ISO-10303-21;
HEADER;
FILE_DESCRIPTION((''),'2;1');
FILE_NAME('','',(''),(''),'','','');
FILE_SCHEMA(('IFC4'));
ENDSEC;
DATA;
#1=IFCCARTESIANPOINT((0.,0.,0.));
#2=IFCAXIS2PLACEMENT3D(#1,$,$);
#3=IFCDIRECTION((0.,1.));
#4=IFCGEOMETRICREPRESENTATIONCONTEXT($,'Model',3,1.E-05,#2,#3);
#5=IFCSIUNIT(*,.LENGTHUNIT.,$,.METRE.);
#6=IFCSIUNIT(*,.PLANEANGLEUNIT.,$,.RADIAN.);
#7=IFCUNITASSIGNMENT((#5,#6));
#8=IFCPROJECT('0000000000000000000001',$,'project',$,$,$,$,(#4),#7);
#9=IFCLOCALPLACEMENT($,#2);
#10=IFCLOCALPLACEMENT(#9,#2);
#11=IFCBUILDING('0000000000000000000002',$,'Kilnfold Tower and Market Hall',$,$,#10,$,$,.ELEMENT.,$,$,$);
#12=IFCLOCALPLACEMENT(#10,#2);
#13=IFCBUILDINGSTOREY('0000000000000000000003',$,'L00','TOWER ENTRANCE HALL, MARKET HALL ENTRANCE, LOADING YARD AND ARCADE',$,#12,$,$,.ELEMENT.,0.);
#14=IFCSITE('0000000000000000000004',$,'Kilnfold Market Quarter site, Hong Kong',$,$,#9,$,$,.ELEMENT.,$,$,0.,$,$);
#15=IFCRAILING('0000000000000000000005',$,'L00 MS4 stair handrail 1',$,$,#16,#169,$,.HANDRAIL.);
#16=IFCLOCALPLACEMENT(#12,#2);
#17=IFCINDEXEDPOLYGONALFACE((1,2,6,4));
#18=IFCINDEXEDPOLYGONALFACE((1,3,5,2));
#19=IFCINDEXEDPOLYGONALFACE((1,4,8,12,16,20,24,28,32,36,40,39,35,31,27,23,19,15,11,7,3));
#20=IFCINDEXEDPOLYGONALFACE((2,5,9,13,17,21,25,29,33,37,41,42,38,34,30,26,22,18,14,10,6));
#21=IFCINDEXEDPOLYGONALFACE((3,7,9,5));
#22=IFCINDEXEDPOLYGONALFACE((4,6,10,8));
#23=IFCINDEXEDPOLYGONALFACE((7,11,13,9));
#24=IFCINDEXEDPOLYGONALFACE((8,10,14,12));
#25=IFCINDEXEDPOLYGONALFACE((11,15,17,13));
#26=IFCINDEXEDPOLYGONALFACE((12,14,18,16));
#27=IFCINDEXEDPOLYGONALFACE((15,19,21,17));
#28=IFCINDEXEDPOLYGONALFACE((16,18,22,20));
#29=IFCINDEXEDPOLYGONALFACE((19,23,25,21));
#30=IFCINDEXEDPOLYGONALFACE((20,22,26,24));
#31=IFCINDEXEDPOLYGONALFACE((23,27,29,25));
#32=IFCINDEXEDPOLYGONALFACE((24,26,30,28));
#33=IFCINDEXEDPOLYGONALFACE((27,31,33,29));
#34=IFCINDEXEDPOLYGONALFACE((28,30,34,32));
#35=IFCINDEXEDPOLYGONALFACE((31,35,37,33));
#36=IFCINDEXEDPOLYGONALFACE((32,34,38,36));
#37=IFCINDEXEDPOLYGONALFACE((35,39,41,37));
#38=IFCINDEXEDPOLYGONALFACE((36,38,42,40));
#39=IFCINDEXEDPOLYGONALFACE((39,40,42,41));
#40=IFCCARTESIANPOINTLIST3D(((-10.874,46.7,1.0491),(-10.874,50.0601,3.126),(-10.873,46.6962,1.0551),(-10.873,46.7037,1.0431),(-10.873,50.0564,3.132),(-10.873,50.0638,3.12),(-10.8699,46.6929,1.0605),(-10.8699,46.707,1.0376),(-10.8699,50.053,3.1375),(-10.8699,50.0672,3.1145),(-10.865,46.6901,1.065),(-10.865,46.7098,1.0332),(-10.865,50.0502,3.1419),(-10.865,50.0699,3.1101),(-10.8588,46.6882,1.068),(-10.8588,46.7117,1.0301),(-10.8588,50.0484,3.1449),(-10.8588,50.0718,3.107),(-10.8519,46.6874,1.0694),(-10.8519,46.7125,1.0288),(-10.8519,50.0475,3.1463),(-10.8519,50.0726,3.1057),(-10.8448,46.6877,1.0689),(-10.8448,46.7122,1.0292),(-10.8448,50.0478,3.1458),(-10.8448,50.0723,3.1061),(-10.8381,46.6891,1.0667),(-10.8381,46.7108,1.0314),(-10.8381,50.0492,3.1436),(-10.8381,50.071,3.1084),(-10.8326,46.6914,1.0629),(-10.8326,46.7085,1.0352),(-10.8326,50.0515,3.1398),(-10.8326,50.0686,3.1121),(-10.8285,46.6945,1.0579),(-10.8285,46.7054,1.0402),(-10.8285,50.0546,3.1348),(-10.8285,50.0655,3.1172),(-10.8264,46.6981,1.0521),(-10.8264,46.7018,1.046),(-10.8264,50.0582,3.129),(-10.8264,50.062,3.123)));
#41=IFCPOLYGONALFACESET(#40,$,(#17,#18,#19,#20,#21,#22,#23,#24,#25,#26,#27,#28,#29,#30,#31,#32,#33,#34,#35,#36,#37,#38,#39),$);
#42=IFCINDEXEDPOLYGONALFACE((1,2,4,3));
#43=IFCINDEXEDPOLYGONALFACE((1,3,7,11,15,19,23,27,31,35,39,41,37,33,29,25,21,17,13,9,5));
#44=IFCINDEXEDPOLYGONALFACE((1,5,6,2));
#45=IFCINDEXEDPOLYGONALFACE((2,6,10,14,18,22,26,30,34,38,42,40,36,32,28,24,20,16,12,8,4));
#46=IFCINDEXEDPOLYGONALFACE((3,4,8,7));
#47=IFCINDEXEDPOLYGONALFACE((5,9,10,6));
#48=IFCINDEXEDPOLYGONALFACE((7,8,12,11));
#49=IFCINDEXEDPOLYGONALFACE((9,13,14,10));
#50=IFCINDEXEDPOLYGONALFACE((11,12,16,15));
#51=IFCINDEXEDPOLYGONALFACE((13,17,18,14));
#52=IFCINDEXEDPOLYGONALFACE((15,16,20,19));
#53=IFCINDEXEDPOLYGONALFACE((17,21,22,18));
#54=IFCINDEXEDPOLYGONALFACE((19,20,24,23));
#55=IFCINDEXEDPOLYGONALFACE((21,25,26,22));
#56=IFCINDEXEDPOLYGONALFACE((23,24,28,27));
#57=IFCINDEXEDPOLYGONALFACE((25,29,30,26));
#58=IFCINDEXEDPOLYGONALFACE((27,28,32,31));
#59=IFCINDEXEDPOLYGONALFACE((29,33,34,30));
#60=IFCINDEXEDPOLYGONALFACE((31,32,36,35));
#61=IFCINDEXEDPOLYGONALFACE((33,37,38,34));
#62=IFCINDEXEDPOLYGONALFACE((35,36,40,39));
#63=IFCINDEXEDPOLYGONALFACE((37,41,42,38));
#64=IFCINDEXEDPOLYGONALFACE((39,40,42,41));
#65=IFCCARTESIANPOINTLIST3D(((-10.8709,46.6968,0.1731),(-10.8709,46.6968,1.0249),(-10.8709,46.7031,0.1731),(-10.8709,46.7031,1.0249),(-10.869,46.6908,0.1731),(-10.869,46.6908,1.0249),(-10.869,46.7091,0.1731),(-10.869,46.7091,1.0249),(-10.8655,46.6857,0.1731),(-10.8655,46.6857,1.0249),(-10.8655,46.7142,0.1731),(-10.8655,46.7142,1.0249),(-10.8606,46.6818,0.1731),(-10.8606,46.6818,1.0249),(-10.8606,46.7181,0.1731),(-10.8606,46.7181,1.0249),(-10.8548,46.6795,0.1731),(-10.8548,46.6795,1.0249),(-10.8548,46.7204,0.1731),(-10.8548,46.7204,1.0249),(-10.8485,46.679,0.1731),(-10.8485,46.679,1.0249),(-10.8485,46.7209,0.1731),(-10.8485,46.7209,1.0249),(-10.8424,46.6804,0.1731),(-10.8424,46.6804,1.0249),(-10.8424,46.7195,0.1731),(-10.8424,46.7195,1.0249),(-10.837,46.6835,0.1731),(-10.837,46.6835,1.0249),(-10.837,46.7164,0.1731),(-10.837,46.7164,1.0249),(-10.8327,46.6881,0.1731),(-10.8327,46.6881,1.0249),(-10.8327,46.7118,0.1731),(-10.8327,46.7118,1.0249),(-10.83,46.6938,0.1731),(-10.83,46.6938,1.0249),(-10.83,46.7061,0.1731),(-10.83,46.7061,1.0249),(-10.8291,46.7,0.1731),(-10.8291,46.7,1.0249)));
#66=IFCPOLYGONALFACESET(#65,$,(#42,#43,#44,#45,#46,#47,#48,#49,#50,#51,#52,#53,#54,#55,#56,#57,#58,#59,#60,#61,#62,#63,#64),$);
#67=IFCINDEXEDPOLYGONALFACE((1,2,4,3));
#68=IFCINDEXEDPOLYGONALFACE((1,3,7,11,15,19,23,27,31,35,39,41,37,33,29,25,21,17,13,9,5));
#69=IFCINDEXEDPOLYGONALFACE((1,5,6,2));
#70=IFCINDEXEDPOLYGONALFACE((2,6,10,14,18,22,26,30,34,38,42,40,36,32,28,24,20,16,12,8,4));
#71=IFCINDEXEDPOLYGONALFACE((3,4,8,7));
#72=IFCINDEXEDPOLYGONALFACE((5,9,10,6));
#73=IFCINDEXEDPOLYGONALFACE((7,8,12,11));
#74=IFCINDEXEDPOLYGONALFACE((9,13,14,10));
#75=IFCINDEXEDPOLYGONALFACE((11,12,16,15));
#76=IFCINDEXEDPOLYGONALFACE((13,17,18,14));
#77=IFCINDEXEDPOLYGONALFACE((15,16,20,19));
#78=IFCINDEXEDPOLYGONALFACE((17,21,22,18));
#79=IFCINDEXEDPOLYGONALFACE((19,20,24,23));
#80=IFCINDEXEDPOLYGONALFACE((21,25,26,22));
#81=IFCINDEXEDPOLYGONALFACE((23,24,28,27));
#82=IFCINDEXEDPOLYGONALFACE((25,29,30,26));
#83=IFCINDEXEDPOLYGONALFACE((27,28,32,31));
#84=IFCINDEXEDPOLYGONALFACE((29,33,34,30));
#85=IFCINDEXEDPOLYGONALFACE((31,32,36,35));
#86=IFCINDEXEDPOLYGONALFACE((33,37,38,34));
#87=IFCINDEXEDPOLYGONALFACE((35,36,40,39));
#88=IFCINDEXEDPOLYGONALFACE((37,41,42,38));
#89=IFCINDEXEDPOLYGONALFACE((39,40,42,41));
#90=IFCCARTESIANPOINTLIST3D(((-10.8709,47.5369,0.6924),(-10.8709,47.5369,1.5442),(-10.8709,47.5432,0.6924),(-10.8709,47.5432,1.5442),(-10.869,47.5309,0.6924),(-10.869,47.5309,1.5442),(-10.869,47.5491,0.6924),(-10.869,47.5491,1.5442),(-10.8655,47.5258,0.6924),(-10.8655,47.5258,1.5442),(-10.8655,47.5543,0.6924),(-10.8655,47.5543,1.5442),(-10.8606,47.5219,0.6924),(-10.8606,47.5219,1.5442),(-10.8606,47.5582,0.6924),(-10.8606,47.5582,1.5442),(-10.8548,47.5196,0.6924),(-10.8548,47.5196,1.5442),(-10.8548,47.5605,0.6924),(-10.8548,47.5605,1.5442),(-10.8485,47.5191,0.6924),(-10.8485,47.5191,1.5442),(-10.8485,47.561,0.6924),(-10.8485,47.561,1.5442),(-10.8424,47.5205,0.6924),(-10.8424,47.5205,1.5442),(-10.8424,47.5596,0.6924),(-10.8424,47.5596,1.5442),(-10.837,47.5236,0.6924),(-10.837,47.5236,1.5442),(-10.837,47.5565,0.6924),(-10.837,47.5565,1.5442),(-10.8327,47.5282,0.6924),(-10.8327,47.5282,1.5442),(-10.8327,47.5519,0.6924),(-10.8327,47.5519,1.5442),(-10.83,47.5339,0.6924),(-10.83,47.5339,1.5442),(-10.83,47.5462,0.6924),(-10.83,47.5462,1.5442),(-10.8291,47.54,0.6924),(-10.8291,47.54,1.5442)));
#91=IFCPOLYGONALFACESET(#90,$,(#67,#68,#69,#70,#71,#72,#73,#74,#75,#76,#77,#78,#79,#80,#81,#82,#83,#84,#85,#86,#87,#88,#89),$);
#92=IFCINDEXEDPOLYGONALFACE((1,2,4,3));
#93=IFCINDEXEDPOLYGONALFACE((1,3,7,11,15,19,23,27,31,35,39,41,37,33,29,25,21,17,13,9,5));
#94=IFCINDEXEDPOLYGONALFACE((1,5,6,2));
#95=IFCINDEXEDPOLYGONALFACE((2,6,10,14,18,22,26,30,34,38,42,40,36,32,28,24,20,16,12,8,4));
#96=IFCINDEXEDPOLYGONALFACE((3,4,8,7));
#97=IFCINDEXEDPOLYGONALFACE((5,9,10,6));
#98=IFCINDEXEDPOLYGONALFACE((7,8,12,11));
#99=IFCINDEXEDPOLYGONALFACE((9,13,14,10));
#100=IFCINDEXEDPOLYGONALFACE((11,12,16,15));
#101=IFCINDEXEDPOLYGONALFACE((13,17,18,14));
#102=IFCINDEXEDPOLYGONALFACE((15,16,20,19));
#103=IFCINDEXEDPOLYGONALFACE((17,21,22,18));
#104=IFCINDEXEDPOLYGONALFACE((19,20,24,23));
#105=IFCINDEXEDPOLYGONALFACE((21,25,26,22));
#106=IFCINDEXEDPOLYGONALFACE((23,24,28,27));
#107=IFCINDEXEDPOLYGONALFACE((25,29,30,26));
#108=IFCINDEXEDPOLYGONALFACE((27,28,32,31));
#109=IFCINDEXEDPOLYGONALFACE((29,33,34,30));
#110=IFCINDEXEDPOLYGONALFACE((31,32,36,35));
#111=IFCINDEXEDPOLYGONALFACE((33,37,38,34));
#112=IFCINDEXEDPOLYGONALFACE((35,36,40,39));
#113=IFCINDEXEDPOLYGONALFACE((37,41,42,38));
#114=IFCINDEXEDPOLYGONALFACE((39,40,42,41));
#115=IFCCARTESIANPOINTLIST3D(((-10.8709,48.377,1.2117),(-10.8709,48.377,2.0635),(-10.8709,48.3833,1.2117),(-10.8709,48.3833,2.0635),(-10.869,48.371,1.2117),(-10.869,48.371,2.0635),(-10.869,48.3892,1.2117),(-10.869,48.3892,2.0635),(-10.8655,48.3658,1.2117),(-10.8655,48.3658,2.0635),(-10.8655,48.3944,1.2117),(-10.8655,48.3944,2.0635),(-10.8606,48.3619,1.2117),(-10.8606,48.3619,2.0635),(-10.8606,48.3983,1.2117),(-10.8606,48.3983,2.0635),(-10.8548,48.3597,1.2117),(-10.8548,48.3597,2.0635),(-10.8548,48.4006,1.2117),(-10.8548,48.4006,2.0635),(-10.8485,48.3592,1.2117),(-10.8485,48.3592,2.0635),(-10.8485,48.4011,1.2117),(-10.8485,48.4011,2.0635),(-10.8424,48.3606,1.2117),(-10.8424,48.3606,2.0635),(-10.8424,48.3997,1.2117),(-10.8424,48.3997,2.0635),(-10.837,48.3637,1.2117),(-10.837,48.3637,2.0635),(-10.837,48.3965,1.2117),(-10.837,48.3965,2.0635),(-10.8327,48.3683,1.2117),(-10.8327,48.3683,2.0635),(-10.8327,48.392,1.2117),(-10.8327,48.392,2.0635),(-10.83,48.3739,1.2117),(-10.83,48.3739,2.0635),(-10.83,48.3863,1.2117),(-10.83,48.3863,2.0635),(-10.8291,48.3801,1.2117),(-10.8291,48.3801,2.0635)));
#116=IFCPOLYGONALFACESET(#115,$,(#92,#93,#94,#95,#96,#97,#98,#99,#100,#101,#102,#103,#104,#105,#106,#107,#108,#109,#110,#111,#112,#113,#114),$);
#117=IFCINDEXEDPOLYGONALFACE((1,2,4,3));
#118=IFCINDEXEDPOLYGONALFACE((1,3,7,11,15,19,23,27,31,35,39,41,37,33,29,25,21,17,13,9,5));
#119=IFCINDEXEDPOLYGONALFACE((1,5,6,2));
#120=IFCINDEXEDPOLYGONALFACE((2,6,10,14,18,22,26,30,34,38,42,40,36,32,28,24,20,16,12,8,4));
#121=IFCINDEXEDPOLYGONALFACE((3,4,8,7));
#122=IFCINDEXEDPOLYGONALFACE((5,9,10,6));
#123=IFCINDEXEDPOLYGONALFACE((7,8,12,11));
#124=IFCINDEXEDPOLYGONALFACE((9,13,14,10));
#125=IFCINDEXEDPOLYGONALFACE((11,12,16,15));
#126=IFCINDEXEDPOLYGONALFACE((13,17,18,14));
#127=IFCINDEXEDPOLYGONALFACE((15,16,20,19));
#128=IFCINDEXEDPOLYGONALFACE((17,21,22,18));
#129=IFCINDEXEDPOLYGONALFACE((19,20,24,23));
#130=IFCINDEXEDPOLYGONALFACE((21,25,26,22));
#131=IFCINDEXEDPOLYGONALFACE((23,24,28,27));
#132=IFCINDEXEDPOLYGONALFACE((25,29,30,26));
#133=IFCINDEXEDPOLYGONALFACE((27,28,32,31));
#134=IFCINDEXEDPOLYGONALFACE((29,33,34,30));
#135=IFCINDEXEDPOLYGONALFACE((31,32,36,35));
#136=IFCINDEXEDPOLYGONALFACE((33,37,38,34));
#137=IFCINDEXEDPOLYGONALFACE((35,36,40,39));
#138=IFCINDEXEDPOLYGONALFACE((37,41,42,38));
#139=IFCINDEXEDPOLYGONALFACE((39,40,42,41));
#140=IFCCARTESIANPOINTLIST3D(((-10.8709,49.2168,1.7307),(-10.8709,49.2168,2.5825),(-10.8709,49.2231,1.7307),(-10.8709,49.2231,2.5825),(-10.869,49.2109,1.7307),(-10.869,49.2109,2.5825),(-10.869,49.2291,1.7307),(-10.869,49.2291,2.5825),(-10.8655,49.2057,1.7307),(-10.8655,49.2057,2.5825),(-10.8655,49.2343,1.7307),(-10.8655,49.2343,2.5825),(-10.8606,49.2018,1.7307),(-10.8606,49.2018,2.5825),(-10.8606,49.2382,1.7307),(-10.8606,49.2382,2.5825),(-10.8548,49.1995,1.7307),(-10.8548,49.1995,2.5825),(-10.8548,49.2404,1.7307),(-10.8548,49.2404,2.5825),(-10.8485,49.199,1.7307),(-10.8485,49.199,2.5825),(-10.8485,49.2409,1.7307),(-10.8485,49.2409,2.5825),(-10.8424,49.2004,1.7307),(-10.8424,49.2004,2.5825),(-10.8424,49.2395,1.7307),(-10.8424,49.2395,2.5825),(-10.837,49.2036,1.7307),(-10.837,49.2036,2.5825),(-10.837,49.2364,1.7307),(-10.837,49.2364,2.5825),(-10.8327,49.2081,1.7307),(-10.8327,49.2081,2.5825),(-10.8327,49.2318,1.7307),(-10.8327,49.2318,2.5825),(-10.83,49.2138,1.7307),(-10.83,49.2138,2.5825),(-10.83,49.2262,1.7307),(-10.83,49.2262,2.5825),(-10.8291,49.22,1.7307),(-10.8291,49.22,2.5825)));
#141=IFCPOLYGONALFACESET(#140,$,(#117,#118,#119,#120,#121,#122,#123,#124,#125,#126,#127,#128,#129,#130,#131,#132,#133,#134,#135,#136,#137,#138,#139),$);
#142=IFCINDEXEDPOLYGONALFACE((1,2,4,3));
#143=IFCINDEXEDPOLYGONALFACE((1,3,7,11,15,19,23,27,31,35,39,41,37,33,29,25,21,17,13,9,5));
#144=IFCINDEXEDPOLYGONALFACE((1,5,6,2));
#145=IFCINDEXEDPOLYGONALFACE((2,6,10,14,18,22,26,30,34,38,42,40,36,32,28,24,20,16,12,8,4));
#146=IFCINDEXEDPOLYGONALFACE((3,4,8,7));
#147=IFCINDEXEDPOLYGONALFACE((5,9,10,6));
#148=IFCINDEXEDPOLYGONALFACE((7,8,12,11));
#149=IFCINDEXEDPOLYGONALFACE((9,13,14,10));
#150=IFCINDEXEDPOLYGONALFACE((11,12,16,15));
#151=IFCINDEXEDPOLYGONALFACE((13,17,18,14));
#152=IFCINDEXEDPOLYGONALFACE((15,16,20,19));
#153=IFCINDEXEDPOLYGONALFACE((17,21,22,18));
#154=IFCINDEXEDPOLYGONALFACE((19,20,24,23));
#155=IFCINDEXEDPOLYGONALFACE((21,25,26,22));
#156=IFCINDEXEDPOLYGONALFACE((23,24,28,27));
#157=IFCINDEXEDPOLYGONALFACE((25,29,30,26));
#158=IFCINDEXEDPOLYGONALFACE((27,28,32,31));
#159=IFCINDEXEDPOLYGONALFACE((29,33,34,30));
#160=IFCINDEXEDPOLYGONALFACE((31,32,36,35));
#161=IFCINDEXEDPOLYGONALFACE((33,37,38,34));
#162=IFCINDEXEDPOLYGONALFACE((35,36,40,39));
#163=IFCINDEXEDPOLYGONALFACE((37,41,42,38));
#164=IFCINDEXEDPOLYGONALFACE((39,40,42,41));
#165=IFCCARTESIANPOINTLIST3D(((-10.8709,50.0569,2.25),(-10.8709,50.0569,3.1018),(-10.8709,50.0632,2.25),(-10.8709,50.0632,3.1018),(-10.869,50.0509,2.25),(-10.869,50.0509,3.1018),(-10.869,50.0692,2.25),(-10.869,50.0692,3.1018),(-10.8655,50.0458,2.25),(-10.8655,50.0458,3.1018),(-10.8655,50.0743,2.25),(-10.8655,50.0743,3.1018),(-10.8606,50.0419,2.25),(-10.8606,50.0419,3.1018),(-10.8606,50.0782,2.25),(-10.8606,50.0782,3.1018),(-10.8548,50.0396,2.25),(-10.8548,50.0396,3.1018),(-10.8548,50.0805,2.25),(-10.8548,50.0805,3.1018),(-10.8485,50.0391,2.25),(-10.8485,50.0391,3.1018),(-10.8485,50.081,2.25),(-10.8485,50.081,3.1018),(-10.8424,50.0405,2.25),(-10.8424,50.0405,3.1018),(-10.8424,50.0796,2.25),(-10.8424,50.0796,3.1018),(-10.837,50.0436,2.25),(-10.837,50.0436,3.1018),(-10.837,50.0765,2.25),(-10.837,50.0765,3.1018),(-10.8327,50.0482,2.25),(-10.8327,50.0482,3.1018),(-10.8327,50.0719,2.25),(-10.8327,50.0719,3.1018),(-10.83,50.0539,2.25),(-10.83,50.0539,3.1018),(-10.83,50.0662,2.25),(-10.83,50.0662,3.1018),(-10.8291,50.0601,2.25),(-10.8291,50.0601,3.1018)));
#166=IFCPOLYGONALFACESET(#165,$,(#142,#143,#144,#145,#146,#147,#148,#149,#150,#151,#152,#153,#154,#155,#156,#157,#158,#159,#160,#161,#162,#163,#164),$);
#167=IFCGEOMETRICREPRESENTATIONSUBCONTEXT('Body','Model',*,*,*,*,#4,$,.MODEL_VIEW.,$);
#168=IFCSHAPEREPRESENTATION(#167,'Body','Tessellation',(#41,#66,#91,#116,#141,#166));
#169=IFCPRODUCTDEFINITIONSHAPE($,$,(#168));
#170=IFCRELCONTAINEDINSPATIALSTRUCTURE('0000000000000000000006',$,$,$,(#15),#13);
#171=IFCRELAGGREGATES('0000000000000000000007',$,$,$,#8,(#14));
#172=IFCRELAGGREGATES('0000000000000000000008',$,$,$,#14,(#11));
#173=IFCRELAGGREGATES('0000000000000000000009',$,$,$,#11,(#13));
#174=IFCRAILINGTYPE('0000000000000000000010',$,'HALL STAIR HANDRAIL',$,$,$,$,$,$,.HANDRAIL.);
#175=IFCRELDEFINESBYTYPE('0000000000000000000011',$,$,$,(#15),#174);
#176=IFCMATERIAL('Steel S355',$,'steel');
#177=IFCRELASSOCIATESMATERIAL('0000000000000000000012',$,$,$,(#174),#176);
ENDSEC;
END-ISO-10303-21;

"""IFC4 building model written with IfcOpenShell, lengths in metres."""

from ifc_helpers import new_model, si_unit, direction, frame, origin, origin_2d, place, context, subcontext, project, spatial, circle, extrude, material, type_object, element, save


model = new_model("IFC4")

# Units and contexts
model_context = context("Model", 3, precision=1e-05, world=origin(), true_north=direction((0.0, 1.0)))
body_context = subcontext(model_context, "Body", "Model", "MODEL_VIEW")
ifc_project = project(units=[si_unit("LENGTHUNIT", "METRE"), si_unit("PLANEANGLEUNIT", "RADIAN")], contexts=[model_context])

# Site, building, storey
site_placement = place(None, origin())
site = spatial("IfcSite", under=ifc_project, at=site_placement, Name="Kilnfold Market Quarter site, Hong Kong", CompositionType="ELEMENT", RefElevation=0.0)
building_placement = place(site_placement, origin())
building = spatial("IfcBuilding", under=site, at=building_placement, Name="Kilnfold Tower and Market Hall", CompositionType="ELEMENT")
storey_placement = place(building_placement, origin())
storey = spatial("IfcBuildingStorey", under=building, at=storey_placement, Name="L00", Description="TOWER ENTRANCE HALL, MARKET HALL ENTRANCE, LOADING YARD AND ARCADE", CompositionType="ELEMENT", Elevation=0.0)

# Railing
ifc_material_1 = material(Name="Steel S355", Category="steel")
railing_type_1 = type_object("IfcRailingType", Name="HALL STAIR HANDRAIL", PredefinedType="HANDRAIL", material=ifc_material_1)
for number, where, name in (
    (1, (-10.8501, 46.7, 0.1731), "L00 MS4 stair handrail 1"),
):
    element("IfcRailing", number, at=place(storey_placement, frame(where)), inside=storey, type_object=railing_type_1, Name=name, PredefinedType="HANDRAIL", context=body_context, shape_type="SweptSolid", body=[
        extrude(circle(Radius=0.0239, at=origin_2d()), frame((0.0, 0.0, 0.876), z_axis=(0.0, 0.850623, 0.525776), x_axis=(-1.0, 0.0, 0.0)), (0.0, 0.0, 1.0), 3.9502),
        extrude(circle(Radius=0.021, at=origin_2d()), origin(), (0.0, 0.0, 1.0), 0.8518),
        extrude(circle(Radius=0.021, at=origin_2d()), frame((0.0, 0.8401, 0.5193)), (0.0, 0.0, 1.0), 0.8518),
        extrude(circle(Radius=0.021, at=origin_2d()), frame((0.0, 1.6802, 1.0386)), (0.0, 0.0, 1.0), 0.8518),
        extrude(circle(Radius=0.021, at=origin_2d()), frame((0.0, 2.52, 1.5576)), (0.0, 0.0, 1.0), 0.8518),
        extrude(circle(Radius=0.021, at=origin_2d()), frame((0.0, 3.3601, 2.0769)), (0.0, 0.0, 1.0), 0.8518),
    ])

save(model, "model.ifc")
